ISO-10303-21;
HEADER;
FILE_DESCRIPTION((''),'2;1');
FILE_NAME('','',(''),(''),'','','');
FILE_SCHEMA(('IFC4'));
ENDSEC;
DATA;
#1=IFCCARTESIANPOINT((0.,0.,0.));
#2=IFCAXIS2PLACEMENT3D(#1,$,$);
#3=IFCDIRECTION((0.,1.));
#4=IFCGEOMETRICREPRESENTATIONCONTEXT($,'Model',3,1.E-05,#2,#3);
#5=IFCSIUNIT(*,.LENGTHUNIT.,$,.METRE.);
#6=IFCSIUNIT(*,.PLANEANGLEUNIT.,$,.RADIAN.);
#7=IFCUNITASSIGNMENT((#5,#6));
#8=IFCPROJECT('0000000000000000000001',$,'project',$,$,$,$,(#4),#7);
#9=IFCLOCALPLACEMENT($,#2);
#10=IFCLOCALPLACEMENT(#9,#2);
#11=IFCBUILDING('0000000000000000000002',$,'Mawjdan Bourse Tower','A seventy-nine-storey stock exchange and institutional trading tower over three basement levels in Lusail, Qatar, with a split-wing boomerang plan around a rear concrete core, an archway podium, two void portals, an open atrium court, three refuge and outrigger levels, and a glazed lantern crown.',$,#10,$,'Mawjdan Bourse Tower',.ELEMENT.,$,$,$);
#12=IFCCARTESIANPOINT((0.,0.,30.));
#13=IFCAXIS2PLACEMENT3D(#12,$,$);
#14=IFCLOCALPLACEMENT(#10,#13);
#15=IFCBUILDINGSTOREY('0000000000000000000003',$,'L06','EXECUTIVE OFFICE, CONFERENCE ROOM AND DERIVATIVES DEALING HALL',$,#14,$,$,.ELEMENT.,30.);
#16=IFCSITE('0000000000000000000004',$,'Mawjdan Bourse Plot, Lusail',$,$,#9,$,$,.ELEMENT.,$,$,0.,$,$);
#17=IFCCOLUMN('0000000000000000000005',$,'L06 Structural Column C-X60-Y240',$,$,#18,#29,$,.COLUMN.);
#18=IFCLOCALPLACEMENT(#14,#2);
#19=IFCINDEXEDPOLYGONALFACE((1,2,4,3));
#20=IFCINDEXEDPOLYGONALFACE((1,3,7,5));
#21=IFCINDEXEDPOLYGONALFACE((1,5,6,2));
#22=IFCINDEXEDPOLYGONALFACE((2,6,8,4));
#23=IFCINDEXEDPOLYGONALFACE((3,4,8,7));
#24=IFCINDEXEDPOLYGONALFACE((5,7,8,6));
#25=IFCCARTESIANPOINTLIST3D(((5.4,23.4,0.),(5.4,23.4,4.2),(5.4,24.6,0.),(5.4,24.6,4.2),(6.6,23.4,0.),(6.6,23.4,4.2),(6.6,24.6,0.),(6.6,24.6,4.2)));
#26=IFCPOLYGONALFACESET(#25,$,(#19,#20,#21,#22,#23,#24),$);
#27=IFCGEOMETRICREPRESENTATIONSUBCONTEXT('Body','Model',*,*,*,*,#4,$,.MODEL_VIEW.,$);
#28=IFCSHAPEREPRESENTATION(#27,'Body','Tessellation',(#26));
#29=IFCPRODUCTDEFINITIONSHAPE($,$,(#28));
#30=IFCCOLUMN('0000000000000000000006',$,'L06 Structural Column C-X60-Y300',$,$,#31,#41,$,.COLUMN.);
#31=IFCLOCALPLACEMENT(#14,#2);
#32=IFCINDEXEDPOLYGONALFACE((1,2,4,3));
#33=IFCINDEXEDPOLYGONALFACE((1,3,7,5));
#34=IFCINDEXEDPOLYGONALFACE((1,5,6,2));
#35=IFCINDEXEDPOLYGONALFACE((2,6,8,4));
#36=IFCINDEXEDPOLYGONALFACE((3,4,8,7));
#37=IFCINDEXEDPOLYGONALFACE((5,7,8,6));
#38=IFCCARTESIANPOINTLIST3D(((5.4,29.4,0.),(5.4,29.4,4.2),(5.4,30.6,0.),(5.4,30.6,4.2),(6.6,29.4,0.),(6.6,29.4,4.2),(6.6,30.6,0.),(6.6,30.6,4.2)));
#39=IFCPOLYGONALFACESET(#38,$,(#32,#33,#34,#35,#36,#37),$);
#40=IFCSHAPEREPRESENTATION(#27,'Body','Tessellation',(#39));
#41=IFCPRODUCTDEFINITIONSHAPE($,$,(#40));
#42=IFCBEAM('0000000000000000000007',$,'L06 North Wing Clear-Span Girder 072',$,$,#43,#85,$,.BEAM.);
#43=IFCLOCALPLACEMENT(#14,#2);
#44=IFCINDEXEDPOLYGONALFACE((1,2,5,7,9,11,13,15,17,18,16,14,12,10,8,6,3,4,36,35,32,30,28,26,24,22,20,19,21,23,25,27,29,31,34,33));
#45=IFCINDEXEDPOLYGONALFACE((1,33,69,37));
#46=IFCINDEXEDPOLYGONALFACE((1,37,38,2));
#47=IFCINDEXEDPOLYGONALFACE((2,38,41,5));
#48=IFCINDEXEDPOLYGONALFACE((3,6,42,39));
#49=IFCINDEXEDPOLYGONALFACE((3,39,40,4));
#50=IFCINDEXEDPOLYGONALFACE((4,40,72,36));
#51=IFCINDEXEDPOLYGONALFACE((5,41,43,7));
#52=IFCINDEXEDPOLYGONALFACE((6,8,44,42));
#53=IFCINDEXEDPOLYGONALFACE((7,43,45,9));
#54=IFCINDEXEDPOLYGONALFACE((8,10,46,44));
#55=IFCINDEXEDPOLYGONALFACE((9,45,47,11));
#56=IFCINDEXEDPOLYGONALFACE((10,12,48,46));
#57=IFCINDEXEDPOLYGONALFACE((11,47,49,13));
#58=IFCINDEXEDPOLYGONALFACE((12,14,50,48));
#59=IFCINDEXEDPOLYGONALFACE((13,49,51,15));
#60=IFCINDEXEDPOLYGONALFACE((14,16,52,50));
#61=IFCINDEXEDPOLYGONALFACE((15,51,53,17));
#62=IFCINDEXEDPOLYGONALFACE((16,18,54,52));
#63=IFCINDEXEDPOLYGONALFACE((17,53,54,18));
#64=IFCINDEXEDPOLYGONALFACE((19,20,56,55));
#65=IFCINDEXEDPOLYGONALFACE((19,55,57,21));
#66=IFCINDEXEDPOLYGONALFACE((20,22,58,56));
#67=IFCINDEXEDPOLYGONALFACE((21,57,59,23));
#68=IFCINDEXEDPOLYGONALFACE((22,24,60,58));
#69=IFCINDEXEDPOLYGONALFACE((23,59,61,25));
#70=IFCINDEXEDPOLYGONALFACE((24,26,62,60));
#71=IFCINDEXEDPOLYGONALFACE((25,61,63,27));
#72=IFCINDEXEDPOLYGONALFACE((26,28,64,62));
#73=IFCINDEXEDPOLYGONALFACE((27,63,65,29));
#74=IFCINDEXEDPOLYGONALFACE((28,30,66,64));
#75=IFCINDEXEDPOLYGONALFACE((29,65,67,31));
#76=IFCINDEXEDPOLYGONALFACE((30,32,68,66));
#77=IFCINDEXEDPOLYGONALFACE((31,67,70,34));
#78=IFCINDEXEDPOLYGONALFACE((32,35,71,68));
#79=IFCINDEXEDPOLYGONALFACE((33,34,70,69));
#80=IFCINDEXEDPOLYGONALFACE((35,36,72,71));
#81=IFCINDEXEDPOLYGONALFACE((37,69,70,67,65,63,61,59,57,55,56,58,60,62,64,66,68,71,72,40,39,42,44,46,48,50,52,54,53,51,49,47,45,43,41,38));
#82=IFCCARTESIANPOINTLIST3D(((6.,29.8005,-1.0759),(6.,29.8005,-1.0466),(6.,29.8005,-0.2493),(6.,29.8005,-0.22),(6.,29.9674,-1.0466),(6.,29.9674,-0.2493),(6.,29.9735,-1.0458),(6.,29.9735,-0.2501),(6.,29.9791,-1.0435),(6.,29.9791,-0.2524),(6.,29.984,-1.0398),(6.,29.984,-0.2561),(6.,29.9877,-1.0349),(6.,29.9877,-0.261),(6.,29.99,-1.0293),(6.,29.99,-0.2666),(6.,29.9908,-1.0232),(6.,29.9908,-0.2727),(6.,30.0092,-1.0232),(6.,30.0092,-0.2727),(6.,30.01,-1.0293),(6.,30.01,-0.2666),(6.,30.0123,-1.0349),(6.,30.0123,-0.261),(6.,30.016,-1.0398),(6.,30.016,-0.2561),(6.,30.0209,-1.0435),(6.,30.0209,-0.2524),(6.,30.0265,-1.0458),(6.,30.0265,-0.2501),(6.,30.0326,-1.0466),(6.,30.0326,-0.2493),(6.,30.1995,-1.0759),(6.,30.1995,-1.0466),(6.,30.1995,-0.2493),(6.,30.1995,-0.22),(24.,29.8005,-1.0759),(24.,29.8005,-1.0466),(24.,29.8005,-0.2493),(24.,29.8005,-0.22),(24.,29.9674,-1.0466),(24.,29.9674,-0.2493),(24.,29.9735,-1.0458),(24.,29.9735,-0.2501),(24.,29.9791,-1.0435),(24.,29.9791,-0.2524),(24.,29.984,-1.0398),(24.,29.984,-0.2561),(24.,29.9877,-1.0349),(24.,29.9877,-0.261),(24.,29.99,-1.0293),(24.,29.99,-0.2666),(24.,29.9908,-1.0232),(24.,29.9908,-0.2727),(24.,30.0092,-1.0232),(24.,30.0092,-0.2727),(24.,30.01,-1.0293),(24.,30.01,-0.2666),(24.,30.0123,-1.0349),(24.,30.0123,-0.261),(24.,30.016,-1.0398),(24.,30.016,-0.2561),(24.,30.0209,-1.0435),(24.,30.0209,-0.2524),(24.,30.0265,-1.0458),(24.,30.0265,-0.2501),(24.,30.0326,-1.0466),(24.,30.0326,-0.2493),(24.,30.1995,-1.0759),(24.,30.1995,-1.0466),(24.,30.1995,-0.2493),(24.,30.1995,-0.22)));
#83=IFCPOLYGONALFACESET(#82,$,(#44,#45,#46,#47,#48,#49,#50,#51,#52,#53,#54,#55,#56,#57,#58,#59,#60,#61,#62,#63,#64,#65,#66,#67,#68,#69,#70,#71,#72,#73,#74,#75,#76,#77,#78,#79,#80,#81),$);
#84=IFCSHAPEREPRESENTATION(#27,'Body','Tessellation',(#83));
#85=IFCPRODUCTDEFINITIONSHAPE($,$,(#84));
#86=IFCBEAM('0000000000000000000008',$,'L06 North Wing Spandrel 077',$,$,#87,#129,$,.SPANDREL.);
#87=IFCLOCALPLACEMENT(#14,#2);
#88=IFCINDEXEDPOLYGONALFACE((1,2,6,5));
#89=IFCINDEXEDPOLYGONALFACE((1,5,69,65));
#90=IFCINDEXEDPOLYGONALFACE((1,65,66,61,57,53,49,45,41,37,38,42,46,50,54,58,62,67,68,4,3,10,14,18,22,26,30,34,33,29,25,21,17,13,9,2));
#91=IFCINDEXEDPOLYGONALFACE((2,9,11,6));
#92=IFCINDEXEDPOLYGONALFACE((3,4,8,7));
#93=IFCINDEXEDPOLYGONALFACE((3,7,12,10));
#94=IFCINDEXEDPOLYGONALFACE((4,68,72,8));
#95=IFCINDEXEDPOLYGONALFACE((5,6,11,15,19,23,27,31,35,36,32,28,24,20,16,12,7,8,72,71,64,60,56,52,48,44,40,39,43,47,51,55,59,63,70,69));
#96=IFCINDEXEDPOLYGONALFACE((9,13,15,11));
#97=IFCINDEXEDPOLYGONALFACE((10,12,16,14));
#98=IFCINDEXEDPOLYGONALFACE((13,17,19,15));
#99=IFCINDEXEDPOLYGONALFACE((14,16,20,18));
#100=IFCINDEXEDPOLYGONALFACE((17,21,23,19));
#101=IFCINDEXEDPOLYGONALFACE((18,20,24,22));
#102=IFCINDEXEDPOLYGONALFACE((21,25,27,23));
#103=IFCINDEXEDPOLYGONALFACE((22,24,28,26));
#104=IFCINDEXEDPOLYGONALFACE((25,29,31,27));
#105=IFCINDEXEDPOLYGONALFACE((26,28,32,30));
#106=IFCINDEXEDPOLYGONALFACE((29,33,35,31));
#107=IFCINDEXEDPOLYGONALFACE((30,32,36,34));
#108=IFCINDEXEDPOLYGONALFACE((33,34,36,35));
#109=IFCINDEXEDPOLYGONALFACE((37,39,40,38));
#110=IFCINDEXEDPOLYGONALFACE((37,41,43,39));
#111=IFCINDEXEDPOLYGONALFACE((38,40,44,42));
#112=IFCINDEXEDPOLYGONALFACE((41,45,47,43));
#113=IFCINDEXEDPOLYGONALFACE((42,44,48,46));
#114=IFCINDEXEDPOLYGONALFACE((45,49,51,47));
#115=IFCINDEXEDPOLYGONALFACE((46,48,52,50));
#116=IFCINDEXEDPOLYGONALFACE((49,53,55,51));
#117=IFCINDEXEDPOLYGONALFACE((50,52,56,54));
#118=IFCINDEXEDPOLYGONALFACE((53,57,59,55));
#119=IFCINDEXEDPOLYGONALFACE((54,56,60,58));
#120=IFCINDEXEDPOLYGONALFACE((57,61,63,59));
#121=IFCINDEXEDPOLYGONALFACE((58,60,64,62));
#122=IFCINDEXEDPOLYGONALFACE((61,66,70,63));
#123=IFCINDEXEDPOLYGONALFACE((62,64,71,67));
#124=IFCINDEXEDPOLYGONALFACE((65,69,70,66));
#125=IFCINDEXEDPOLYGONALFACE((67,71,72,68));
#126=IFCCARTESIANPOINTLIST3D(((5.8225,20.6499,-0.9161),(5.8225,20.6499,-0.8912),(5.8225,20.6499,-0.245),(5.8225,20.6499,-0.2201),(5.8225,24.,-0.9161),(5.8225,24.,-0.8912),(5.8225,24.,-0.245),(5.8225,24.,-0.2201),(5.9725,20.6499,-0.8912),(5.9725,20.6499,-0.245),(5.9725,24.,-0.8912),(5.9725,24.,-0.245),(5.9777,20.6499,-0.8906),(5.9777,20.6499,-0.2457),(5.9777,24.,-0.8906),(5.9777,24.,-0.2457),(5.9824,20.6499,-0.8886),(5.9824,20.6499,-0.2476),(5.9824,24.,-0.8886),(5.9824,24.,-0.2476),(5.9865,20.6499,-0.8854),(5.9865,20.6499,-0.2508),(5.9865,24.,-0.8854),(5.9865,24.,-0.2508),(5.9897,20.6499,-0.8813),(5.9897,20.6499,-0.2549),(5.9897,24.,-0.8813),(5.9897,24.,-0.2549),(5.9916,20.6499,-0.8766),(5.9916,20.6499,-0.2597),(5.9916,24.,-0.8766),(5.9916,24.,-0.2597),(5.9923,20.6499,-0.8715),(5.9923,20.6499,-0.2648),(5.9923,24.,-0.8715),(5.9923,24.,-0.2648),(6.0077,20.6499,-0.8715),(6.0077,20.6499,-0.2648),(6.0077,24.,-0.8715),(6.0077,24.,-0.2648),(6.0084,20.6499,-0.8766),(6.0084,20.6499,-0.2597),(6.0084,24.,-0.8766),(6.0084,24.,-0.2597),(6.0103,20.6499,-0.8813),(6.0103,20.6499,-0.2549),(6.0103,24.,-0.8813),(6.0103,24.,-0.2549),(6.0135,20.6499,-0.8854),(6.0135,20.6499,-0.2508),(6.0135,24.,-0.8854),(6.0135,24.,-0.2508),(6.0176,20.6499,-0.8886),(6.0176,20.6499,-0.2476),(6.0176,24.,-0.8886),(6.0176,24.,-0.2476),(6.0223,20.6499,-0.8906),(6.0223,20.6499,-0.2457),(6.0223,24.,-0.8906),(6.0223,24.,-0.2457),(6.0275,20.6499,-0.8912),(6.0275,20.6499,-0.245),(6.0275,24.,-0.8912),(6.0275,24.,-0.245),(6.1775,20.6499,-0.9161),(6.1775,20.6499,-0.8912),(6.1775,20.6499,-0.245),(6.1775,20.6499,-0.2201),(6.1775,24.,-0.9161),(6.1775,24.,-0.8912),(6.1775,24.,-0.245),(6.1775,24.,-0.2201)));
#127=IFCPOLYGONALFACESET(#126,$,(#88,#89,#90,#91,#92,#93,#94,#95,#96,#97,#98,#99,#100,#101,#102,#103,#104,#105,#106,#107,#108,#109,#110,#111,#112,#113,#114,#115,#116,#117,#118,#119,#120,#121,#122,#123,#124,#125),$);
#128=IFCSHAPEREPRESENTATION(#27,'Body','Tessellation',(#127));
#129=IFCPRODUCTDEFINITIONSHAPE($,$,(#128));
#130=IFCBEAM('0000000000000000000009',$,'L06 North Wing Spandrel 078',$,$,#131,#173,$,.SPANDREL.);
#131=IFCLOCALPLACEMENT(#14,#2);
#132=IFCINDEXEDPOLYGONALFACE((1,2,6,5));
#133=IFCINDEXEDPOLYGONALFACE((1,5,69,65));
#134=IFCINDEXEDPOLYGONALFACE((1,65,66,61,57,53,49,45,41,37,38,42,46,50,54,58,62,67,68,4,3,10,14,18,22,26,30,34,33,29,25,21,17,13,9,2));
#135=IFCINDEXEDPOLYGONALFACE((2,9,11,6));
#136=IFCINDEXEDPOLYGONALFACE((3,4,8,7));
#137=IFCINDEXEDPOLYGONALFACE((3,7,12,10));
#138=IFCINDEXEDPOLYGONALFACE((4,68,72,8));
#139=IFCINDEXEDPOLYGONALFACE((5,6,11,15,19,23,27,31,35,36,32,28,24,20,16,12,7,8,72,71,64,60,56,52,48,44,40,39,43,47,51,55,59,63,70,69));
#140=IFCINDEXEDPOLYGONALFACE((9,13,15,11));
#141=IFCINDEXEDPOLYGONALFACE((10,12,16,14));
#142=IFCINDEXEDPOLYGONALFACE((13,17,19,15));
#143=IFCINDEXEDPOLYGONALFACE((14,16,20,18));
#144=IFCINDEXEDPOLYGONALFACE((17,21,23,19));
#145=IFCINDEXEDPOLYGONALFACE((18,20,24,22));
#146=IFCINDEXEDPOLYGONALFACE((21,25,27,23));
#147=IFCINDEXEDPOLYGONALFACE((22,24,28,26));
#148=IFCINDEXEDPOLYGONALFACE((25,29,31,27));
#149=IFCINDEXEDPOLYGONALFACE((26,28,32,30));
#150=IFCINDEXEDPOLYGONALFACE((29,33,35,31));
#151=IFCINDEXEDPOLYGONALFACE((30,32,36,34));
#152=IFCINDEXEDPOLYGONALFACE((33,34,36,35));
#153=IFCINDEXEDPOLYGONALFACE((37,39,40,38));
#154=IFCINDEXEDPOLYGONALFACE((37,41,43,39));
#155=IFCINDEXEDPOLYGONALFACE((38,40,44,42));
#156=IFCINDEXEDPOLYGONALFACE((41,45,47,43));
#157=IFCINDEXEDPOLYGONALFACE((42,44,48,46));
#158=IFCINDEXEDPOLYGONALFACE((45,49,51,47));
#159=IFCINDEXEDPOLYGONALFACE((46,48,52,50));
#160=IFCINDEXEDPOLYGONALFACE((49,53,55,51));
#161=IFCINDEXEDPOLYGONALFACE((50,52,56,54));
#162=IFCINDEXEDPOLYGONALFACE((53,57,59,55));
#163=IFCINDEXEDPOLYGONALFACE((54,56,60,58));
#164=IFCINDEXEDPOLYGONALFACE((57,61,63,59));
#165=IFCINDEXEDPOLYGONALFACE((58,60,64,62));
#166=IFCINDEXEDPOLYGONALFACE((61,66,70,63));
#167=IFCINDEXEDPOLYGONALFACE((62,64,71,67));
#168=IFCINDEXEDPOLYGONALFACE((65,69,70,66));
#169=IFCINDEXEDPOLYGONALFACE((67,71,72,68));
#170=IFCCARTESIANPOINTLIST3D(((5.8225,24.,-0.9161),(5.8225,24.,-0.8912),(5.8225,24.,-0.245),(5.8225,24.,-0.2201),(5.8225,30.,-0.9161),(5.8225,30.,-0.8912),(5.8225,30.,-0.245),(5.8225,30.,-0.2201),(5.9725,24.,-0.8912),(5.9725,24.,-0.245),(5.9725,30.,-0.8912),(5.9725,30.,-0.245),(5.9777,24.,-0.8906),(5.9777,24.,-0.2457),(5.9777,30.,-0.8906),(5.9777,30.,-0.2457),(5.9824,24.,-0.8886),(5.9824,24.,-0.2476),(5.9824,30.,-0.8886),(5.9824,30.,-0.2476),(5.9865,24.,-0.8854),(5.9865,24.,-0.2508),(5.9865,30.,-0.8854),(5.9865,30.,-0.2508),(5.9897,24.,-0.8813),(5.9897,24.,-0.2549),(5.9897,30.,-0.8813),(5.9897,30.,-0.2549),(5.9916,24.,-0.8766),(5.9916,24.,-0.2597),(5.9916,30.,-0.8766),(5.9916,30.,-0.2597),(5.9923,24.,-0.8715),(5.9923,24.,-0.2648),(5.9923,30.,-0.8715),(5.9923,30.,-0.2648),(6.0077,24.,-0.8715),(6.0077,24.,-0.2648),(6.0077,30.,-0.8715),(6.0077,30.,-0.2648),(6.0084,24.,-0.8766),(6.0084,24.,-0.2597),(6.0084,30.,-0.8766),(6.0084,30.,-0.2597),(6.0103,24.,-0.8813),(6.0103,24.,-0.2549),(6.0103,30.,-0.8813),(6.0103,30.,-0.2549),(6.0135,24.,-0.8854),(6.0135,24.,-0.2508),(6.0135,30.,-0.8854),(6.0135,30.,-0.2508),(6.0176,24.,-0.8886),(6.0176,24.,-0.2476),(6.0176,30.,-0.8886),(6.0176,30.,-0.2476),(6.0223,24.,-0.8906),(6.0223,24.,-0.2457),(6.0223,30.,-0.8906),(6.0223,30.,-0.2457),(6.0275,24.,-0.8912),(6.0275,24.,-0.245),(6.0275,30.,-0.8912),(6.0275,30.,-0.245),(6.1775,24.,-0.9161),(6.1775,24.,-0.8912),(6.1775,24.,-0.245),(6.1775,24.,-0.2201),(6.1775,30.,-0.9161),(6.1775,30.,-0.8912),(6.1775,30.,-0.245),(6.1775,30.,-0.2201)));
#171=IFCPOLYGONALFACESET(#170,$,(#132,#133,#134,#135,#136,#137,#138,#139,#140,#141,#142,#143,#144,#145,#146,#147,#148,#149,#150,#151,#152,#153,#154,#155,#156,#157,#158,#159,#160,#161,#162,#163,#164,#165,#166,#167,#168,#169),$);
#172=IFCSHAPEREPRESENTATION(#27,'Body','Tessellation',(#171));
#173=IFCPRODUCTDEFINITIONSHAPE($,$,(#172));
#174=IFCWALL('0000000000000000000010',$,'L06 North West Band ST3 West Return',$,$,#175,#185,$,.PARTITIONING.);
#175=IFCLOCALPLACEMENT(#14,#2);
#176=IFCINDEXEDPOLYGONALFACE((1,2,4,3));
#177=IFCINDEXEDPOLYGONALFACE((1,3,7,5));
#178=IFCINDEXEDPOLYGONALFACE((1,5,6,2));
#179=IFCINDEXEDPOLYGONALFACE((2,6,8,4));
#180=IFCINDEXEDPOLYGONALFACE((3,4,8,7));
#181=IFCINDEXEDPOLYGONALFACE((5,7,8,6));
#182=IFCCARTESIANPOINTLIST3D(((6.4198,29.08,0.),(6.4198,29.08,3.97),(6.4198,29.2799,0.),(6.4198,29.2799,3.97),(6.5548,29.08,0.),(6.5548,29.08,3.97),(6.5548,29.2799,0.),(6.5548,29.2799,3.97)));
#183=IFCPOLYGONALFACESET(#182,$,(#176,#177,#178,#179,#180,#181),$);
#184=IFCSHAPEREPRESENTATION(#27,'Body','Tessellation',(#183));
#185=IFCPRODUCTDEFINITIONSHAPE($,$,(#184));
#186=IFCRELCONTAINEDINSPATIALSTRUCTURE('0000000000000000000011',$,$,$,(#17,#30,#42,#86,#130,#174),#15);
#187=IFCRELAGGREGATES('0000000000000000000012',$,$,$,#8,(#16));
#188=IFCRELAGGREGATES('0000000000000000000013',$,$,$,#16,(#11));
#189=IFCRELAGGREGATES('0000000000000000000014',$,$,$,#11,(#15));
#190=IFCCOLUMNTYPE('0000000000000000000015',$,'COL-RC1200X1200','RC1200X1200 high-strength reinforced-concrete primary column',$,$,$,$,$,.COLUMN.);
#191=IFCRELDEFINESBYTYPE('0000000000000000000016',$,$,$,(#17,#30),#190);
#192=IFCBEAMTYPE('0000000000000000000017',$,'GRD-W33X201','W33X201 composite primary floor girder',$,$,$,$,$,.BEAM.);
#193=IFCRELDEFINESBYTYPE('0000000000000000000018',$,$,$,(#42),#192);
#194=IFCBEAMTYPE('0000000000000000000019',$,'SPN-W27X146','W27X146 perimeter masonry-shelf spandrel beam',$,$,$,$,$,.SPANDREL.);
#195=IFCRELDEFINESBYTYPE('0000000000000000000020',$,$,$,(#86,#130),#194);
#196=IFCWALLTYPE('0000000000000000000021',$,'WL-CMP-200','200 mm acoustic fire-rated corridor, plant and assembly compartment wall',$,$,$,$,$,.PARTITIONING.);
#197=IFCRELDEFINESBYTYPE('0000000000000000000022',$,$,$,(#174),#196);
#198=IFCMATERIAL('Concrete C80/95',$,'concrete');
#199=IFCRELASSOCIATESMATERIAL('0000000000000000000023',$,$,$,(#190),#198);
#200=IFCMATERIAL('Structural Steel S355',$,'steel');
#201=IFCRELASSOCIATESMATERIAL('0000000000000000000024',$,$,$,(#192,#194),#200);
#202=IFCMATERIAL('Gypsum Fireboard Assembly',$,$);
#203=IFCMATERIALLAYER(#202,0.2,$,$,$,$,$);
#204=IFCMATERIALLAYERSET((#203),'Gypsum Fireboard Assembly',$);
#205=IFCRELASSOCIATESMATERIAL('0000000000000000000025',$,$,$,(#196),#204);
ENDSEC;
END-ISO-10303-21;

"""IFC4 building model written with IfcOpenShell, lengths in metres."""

from ifc_helpers import new_model, si_unit, direction, frame, frame_2d, origin, origin_2d, place, context, subcontext, project, spatial, rectangle, i_section, extrude, material, layer, layer_set, material_profile, profile_set, type_object, element, save


model = new_model("IFC4")

# Units and contexts
model_context = context("Model", 3, precision=1e-05, world=origin(), true_north=direction((0.0, 1.0)))
body_context = subcontext(model_context, "Body", "Model", "MODEL_VIEW")
ifc_project = project(units=[si_unit("LENGTHUNIT", "METRE"), si_unit("PLANEANGLEUNIT", "RADIAN")], contexts=[model_context])

# Site, building, storey
site_placement = place(None, origin())
site = spatial("IfcSite", under=ifc_project, at=site_placement, Name="Mawjdan Bourse Plot, Lusail", CompositionType="ELEMENT", RefElevation=0.0)
building_placement = place(site_placement, origin())
building = spatial("IfcBuilding", under=site, at=building_placement, Name="Mawjdan Bourse Tower", Description="A seventy-nine-storey stock exchange and institutional trading tower over three basement levels in Lusail, Qatar, with a split-wing boomerang plan around a rear concrete core, an archway podium, two void portals, an open atrium court, three refuge and outrigger levels, and a glazed lantern crown.", LongName="Mawjdan Bourse Tower", CompositionType="ELEMENT")
storey_placement = place(building_placement, frame((0.0, 0.0, 30.0)))
storey = spatial("IfcBuildingStorey", under=building, at=storey_placement, Name="L06", Description="EXECUTIVE OFFICE, CONFERENCE ROOM AND DERIVATIVES DEALING HALL", CompositionType="ELEMENT", Elevation=30.0)

# Columns
ifc_material_1 = material(Name="Concrete C80/95", Category="concrete")
ifc_material_profile_1 = material_profile(ifc_material_1, rectangle(XDim=1.2, YDim=1.2, at=origin_2d()), Name="RC1200X1200")
ifc_profile_set_1 = profile_set([ifc_material_profile_1], Name="Concrete C80/95")
column_type = type_object("IfcColumnType", Name="COL-RC1200X1200", Description="RC1200X1200 high-strength reinforced-concrete primary column", PredefinedType="COLUMN", material=ifc_profile_set_1)
for number, where, z_axis, x_axis, name in (
    (1, (6.0, 24.0, 0.0), (0.0, 0.0, 1.0), (1.0, 0.0, 0.0), "L06 Structural Column C-X60-Y240"),
    (2, (6.0, 30.0, 0.0), (0.0, 0.0, 1.0), (1.0, 0.0, 0.0), "L06 Structural Column C-X60-Y300"),
):
    element("IfcColumn", number, at=place(storey_placement, frame(where, z_axis=z_axis, x_axis=x_axis)), inside=storey, type_object=column_type, Name=name, PredefinedType="COLUMN", context=body_context, shape_type="SweptSolid", body=[
        extrude(rectangle(XDim=1.2, YDim=1.2, at=origin_2d()), origin(), (0.0, 0.0, 1.0), 4.2),
    ])

# Beams
ifc_material_2 = material(Name="Structural Steel S355", Category="steel")
ifc_material_profile_2 = material_profile(ifc_material_2, i_section(OverallWidth=0.3989, OverallDepth=0.856, WebThickness=0.0183, FlangeThickness=0.0293, FilletRadius=0.0234, at=origin_2d()), Name="W33X201")
ifc_profile_set_2 = profile_set([ifc_material_profile_2], Name="Structural Steel S355")
beam_type_1 = type_object("IfcBeamType", Name="GRD-W33X201", Description="W33X201 composite primary floor girder", PredefinedType="BEAM", material=ifc_profile_set_2)
beam_1_placement = place(storey_placement, frame((6.0, 30.0, -0.6479), z_axis=(1.0, 0.0, 0.0), x_axis=(0.0, 1.0, 0.0)))
element("IfcBeam", 3, at=beam_1_placement, inside=storey, type_object=beam_type_1, Name="L06 North Wing Clear-Span Girder 072", PredefinedType="BEAM", context=body_context, shape_type="SweptSolid", body=[
    extrude(i_section(OverallWidth=0.3989, OverallDepth=0.856, WebThickness=0.0183, FlangeThickness=0.0293, FilletRadius=0.0234, at=origin_2d()), origin(), (0.0, 0.0, 1.0), 18.0),
])
ifc_material_profile_3 = material_profile(ifc_material_2, i_section(OverallWidth=0.355, OverallDepth=0.696, WebThickness=0.0154, FlangeThickness=0.0249, FilletRadius=0.0198, at=origin_2d()), Name="W27X146")
ifc_profile_set_3 = profile_set([ifc_material_profile_3], Name="Structural Steel S355")
beam_type_2 = type_object("IfcBeamType", Name="SPN-W27X146", Description="W27X146 perimeter masonry-shelf spandrel beam", PredefinedType="SPANDREL", material=ifc_profile_set_3)
beam_2_placement = place(storey_placement, frame((6.0, 20.6499, -0.5681), z_axis=(0.0, 1.0, 0.0), x_axis=(-1.0, 0.0, 0.0)))
element("IfcBeam", 4, at=beam_2_placement, inside=storey, type_object=beam_type_2, Name="L06 North Wing Spandrel 077", PredefinedType="SPANDREL", context=body_context, shape_type="SweptSolid", body=[
    extrude(i_section(OverallWidth=0.355, OverallDepth=0.696, WebThickness=0.0154, FlangeThickness=0.0249, FilletRadius=0.0198, at=origin_2d()), origin(), (0.0, 0.0, 1.0), 3.3501),
])
beam_3_placement = place(storey_placement, frame((6.0, 24.0, -0.5681), z_axis=(0.0, 1.0, 0.0), x_axis=(-1.0, 0.0, 0.0)))
element("IfcBeam", 5, at=beam_3_placement, inside=storey, type_object=beam_type_2, Name="L06 North Wing Spandrel 078", PredefinedType="SPANDREL", context=body_context, shape_type="SweptSolid", body=[
    extrude(i_section(OverallWidth=0.355, OverallDepth=0.696, WebThickness=0.0154, FlangeThickness=0.0249, FilletRadius=0.0198, at=origin_2d()), origin(), (0.0, 0.0, 1.0), 6.0),
])

# Wall
ifc_material_3 = material(Name="Gypsum Fireboard Assembly")
ifc_layer_1 = layer(ifc_material_3, 0.2)
ifc_layer_set_1 = layer_set([ifc_layer_1], Name="Gypsum Fireboard Assembly")
wall_type_1 = type_object("IfcWallType", Name="WL-CMP-200", Description="200 mm acoustic fire-rated corridor, plant and assembly compartment wall", PredefinedType="PARTITIONING", material=ifc_layer_set_1)
wall_1_placement = place(storey_placement, frame((6.4199, 29.1799, 0.0), z_axis=(0.0, 0.0, 1.0), x_axis=(1.0, 0.0, 0.0)))
element("IfcWall", 6, at=wall_1_placement, inside=storey, type_object=wall_type_1, Name="L06 North West Band ST3 West Return", PredefinedType="PARTITIONING", context=body_context, shape_type="SweptSolid", body=[
    extrude(rectangle(XDim=0.135, YDim=0.2, at=frame_2d((0.0674, 0.0))), origin(), (0.0, 0.0, 1.0), 3.97),
])

save(model, "model.ifc")
